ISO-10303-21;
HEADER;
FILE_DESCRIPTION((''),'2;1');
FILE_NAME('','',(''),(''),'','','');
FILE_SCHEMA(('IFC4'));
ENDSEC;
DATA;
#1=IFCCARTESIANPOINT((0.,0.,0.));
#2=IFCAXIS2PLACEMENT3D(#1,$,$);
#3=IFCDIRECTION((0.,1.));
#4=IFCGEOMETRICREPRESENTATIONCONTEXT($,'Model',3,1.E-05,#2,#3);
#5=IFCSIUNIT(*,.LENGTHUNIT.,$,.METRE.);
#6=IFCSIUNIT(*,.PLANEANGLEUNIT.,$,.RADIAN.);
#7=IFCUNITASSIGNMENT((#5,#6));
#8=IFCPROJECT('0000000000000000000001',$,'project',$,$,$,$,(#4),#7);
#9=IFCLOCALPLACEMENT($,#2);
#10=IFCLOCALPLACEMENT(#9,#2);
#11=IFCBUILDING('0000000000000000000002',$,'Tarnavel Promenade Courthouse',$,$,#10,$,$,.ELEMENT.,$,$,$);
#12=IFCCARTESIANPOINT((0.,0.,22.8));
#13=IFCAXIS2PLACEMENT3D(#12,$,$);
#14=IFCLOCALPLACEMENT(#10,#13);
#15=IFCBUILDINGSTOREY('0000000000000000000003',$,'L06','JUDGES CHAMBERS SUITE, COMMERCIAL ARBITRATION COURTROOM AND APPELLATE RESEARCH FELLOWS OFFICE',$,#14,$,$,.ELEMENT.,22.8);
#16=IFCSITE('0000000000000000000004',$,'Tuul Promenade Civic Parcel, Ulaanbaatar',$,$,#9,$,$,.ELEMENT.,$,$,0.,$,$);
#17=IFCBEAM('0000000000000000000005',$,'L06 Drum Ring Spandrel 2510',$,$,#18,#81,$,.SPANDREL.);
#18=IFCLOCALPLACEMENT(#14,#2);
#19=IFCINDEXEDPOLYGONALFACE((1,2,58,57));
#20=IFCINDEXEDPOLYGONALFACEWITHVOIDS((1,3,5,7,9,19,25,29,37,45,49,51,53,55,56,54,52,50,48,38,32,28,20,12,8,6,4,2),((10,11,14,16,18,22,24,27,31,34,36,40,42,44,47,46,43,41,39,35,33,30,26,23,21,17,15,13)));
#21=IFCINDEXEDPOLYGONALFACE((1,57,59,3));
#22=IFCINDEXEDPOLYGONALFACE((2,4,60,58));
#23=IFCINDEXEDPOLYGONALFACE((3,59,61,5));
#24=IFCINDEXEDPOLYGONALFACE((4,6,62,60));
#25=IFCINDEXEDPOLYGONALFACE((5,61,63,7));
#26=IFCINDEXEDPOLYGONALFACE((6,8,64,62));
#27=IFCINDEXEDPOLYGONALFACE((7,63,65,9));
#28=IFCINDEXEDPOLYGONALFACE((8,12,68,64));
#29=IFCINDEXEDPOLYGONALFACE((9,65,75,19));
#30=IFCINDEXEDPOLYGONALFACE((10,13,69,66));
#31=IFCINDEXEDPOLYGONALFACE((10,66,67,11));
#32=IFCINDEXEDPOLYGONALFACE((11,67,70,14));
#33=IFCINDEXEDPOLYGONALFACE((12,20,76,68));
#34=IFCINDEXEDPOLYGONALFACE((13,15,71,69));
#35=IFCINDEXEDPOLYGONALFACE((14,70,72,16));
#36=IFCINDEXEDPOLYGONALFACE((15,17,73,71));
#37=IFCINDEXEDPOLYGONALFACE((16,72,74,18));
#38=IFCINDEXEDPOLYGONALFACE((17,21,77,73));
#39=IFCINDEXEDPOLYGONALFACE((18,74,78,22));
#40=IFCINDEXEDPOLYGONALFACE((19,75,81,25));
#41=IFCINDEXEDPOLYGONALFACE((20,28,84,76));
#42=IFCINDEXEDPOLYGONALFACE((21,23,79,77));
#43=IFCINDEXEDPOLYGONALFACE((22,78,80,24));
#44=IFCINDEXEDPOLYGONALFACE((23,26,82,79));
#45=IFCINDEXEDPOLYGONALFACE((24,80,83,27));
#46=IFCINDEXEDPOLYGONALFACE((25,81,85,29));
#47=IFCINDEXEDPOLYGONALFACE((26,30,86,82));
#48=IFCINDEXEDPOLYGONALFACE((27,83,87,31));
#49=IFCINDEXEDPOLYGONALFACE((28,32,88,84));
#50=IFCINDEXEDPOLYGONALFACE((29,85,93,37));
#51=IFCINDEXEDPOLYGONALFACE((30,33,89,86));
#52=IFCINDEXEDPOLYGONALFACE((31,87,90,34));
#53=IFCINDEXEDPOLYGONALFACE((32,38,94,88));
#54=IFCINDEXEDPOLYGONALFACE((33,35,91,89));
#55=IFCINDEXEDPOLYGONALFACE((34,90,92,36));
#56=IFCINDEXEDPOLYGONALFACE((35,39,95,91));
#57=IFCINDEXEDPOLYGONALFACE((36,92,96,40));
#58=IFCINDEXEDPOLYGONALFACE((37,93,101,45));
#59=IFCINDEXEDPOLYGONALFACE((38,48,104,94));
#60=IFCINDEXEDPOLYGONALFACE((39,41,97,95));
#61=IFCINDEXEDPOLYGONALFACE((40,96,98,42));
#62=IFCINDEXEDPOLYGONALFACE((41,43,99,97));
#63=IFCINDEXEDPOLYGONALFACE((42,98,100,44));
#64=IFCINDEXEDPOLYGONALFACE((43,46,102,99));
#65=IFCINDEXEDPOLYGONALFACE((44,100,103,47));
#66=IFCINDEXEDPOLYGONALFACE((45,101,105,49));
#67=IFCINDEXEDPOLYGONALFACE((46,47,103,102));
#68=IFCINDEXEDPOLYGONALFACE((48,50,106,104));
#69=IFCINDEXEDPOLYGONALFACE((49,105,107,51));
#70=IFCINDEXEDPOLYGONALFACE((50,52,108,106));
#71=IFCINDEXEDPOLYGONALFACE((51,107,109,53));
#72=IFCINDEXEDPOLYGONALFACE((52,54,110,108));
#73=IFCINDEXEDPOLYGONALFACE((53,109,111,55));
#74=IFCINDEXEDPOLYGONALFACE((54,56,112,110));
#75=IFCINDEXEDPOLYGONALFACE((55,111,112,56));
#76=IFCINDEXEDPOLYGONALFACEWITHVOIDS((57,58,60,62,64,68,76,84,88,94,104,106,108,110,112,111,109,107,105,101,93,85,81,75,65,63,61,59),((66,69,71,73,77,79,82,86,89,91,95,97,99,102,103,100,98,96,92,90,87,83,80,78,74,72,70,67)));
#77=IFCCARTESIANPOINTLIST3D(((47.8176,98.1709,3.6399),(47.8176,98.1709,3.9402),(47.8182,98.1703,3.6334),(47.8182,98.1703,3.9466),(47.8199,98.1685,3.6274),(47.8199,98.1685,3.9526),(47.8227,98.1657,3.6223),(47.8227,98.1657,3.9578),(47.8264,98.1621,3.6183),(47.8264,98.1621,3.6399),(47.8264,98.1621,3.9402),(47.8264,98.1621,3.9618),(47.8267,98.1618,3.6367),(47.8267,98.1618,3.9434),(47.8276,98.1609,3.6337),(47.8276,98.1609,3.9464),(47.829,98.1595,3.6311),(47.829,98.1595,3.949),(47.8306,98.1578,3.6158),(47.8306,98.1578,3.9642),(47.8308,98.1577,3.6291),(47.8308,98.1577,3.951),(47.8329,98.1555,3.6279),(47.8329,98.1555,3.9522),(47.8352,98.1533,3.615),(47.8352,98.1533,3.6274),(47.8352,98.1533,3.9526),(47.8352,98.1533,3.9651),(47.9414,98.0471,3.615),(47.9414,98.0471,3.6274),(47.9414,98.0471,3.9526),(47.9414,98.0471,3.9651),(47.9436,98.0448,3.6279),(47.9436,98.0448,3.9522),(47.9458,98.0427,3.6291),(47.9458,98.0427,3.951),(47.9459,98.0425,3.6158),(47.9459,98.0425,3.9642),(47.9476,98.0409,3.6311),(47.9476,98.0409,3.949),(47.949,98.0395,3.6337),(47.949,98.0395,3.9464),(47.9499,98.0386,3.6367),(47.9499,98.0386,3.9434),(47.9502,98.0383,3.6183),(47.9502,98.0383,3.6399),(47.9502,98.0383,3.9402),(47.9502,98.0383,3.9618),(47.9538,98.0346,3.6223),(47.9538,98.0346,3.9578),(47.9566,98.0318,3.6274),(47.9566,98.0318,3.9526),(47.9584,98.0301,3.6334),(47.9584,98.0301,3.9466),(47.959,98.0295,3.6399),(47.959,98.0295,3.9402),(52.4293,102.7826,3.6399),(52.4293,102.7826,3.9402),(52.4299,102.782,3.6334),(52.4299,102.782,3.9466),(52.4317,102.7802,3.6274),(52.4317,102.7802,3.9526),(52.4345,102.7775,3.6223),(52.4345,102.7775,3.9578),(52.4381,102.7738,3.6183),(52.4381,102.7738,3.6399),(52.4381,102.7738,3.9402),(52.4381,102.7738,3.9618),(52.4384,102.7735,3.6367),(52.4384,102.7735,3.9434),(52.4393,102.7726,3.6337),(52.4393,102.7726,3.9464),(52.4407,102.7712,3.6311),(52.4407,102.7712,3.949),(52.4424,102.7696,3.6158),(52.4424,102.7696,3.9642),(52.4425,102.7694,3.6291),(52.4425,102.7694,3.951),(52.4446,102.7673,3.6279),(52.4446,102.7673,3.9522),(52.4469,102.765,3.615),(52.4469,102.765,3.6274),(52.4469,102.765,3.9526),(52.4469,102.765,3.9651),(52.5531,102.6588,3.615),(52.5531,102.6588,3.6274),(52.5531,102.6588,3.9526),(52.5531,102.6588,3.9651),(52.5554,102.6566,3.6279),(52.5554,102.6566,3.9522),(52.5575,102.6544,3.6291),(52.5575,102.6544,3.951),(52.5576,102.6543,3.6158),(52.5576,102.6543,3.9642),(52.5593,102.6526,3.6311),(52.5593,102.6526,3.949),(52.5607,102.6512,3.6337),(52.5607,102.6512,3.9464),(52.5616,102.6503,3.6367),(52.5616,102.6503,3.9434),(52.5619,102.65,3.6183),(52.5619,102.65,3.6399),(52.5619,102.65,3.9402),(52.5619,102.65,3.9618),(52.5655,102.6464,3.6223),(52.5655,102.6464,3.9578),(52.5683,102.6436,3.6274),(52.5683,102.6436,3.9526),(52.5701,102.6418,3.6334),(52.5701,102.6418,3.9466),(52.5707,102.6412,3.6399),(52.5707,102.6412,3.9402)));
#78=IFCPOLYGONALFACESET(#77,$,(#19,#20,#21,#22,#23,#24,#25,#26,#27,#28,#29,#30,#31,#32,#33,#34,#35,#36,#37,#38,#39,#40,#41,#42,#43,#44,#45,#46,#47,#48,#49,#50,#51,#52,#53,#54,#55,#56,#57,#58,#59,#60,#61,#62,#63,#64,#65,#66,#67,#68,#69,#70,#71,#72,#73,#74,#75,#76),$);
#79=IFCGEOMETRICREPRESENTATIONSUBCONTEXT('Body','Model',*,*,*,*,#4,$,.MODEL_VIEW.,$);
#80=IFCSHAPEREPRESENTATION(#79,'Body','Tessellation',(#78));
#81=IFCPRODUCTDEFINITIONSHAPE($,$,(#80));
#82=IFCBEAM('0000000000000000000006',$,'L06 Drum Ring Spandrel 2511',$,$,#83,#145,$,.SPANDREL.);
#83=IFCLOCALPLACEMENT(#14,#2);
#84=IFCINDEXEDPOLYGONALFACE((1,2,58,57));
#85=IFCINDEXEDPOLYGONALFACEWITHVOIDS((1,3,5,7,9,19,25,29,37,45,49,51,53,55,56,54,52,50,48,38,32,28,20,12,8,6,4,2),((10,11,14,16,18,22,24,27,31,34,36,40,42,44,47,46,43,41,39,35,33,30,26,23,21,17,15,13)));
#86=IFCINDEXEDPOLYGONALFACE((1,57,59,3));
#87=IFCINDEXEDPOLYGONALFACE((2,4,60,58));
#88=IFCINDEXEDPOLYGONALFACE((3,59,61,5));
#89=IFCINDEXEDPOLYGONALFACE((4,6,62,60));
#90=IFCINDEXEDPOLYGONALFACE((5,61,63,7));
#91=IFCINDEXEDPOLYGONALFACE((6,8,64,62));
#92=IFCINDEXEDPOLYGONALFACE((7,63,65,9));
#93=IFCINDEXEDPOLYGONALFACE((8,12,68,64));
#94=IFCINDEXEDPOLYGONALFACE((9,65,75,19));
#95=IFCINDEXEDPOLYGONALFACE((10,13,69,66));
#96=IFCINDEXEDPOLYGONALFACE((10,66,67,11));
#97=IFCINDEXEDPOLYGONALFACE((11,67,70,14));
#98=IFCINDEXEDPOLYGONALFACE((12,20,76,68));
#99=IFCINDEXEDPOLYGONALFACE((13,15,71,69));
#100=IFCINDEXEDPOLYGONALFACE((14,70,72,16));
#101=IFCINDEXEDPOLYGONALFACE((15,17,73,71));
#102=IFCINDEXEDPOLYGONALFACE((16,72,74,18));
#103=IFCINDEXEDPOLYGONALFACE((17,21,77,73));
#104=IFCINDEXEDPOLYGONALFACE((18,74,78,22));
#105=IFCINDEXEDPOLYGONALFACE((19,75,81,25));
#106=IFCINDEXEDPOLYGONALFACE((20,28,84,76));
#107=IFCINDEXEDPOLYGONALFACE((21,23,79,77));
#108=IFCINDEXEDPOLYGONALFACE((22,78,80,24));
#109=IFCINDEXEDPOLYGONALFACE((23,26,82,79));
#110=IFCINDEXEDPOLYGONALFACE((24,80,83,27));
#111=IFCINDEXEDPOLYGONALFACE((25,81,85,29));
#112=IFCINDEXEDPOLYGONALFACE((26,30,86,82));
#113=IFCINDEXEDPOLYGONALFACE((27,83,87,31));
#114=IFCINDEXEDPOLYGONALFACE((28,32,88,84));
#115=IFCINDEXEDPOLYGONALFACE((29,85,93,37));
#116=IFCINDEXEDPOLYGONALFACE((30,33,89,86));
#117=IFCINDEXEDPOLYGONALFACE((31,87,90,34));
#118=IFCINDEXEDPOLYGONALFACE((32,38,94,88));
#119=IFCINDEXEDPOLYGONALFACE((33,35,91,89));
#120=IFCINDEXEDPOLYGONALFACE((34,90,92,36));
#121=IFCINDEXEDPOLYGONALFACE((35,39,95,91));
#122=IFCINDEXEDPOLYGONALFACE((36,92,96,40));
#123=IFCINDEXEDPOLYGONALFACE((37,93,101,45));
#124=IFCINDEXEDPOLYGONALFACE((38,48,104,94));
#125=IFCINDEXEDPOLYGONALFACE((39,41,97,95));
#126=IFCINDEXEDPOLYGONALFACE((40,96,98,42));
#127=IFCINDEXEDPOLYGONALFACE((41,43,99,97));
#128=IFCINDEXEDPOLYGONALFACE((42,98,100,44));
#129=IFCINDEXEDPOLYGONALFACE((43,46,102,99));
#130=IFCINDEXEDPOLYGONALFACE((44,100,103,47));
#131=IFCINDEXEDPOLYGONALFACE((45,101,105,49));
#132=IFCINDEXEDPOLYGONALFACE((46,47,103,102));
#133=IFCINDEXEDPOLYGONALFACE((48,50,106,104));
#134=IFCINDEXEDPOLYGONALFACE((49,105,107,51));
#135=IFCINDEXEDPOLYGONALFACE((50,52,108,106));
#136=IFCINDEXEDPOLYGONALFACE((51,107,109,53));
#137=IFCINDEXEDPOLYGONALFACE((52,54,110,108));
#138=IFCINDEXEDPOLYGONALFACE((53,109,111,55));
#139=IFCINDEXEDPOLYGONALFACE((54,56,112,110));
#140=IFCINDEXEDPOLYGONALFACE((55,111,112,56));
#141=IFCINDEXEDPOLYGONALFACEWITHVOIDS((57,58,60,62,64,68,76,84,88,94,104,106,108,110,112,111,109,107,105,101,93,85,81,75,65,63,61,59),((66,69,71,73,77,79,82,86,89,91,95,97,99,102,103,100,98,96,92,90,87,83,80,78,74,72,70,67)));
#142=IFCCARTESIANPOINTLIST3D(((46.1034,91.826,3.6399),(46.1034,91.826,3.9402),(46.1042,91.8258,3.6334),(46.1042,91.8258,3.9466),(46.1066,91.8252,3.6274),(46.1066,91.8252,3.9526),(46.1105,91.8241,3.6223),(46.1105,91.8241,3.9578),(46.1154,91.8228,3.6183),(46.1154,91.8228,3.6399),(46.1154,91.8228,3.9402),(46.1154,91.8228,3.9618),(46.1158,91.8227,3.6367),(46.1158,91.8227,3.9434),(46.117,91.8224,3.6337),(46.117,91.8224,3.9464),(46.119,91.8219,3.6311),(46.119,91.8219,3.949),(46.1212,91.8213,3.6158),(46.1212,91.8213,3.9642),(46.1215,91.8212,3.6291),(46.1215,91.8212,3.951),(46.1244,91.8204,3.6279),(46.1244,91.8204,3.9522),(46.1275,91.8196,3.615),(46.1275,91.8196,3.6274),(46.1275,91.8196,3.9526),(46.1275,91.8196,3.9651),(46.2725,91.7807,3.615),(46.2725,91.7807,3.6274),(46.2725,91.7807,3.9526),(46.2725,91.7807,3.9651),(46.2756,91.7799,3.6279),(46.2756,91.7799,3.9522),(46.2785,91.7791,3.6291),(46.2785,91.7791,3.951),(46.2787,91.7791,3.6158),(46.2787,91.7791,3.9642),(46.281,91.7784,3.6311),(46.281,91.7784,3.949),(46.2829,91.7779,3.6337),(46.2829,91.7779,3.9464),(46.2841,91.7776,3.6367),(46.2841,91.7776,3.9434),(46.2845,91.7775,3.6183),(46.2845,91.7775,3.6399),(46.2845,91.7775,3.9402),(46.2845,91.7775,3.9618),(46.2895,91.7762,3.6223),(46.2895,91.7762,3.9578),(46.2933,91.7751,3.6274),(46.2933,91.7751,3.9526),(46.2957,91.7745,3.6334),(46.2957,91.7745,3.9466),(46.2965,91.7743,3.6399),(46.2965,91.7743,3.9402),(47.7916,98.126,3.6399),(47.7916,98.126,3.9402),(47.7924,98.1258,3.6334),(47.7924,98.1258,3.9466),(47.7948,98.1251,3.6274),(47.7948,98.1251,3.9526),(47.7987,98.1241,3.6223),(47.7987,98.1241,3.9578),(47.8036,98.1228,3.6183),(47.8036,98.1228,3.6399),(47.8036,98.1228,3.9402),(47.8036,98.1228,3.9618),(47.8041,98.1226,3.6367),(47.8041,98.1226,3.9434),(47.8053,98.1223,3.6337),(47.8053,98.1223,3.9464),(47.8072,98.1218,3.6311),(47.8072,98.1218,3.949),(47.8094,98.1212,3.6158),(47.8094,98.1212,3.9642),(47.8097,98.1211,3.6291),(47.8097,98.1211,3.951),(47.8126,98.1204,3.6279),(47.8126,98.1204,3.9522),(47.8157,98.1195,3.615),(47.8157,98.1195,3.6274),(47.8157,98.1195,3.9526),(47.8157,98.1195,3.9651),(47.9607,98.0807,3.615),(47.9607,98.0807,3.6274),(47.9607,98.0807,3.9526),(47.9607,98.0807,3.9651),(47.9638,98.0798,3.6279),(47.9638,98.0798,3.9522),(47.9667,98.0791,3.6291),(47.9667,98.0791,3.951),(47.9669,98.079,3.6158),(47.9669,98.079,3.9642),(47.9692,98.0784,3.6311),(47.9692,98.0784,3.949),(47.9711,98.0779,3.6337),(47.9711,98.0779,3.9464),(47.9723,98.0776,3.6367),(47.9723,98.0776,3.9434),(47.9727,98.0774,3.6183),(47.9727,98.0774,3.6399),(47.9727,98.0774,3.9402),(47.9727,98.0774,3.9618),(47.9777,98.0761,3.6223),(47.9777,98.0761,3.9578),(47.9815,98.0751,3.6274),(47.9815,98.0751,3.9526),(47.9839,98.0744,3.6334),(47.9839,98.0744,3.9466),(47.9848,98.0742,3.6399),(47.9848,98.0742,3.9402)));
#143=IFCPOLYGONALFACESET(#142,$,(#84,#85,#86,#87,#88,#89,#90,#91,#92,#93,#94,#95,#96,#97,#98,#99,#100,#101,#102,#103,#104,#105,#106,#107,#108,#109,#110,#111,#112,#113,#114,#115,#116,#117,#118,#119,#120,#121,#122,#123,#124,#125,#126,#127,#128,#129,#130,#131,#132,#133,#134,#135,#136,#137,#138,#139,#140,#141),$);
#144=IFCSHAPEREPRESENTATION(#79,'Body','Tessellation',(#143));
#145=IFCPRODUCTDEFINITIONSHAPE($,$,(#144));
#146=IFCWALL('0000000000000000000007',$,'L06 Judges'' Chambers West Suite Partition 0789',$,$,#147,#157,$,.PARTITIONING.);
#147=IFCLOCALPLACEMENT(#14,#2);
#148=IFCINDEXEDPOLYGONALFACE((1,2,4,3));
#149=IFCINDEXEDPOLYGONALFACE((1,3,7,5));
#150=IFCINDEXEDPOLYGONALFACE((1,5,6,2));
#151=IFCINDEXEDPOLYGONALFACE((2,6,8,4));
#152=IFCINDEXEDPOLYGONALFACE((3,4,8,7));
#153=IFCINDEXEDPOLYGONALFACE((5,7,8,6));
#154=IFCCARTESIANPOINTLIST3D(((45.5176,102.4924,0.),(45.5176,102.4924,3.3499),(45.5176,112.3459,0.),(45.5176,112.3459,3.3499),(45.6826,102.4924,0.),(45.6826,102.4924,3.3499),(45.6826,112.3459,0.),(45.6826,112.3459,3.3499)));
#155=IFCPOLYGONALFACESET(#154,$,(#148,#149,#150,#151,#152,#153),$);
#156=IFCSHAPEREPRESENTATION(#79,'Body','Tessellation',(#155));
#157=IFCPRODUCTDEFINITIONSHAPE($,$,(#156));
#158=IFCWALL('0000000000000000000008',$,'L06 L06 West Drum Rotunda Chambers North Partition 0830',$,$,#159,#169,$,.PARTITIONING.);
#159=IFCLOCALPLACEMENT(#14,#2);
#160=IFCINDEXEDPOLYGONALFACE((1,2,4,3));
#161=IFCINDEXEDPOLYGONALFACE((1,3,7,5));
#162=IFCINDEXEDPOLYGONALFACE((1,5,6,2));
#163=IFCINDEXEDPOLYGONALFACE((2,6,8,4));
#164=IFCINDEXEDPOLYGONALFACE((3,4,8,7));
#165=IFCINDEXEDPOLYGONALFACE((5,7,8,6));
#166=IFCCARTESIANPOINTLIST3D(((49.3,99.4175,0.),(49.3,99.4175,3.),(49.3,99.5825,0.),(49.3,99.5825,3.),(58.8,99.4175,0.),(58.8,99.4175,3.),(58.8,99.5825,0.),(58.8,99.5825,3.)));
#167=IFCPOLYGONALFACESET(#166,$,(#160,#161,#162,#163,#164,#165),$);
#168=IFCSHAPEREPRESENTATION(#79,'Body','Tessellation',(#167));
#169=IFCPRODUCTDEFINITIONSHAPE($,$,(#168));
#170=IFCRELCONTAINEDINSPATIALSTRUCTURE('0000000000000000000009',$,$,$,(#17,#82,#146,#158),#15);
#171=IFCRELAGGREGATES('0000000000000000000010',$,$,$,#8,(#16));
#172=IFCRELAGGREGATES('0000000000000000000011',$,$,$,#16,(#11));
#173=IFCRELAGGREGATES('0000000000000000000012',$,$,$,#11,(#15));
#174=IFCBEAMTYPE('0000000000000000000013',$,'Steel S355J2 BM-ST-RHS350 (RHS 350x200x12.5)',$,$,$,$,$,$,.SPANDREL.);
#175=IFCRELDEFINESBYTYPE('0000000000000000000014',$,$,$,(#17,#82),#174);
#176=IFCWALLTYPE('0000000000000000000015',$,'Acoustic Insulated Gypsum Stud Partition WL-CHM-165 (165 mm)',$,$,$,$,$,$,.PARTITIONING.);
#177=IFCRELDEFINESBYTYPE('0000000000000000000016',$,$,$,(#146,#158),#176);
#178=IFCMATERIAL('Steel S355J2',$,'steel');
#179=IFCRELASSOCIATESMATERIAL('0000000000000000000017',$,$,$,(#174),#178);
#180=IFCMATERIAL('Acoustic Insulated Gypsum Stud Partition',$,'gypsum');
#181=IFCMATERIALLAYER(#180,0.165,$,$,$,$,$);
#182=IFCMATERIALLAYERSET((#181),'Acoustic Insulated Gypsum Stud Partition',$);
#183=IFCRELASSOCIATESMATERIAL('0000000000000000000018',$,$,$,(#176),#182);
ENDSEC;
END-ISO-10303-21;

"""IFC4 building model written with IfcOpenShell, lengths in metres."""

from ifc_helpers import new_model, si_unit, direction, frame, frame_2d, origin, origin_2d, place, context, subcontext, project, spatial, rectangle, hollow_rectangle, extrude, material, layer, layer_set, material_profile, profile_set, type_object, element, save


model = new_model("IFC4")

# Units and contexts
model_context = context("Model", 3, precision=1e-05, world=origin(), true_north=direction((0.0, 1.0)))
body_context = subcontext(model_context, "Body", "Model", "MODEL_VIEW")
ifc_project = project(units=[si_unit("LENGTHUNIT", "METRE"), si_unit("PLANEANGLEUNIT", "RADIAN")], contexts=[model_context])

# Site, building, storey
site_placement = place(None, origin())
site = spatial("IfcSite", under=ifc_project, at=site_placement, Name="Tuul Promenade Civic Parcel, Ulaanbaatar", CompositionType="ELEMENT", RefElevation=0.0)
building_placement = place(site_placement, origin())
building = spatial("IfcBuilding", under=site, at=building_placement, Name="Tarnavel Promenade Courthouse", CompositionType="ELEMENT")
storey_placement = place(building_placement, frame((0.0, 0.0, 22.8)))
storey = spatial("IfcBuildingStorey", under=building, at=storey_placement, Name="L06", Description="JUDGES CHAMBERS SUITE, COMMERCIAL ARBITRATION COURTROOM AND APPELLATE RESEARCH FELLOWS OFFICE", CompositionType="ELEMENT", Elevation=22.8)

# Beams
ifc_material_1 = material(Name="Steel S355J2", Category="steel")
ifc_material_profile_1 = material_profile(ifc_material_1, hollow_rectangle(XDim=0.2, YDim=0.3501, WallThickness=0.0125, InnerFilletRadius=0.0125, OuterFilletRadius=0.0249, at=origin_2d()), Name="RHS 350x200x12.5")
ifc_profile_set_1 = profile_set([ifc_material_profile_1], Name="Steel S355J2")
beam_type_1 = type_object("IfcBeamType", Name="Steel S355J2 BM-ST-RHS350 (RHS 350x200x12.5)", PredefinedType="SPANDREL", material=ifc_profile_set_1)
beam_1_placement = place(storey_placement, frame((52.5, 102.7119, 3.79), z_axis=(-0.707107, -0.707107, 0.0), x_axis=(0.707107, -0.707107, 0.0)))
element("IfcBeam", 1, at=beam_1_placement, inside=storey, type_object=beam_type_1, Name="L06 Drum Ring Spandrel 2510", PredefinedType="SPANDREL", context=body_context, shape_type="SweptSolid", body=[
    extrude(hollow_rectangle(XDim=0.2, YDim=0.3501, WallThickness=0.0125, InnerFilletRadius=0.0125, OuterFilletRadius=0.0249, at=origin_2d()), origin(), (0.0, 0.0, 1.0), 6.522),
])
beam_2_placement = place(storey_placement, frame((47.8882, 98.1001, 3.79), z_axis=(-0.258839, -0.96592, 0.0), x_axis=(0.96592, -0.258839, 0.0)))
element("IfcBeam", 2, at=beam_2_placement, inside=storey, type_object=beam_type_1, Name="L06 Drum Ring Spandrel 2511", PredefinedType="SPANDREL", context=body_context, shape_type="SweptSolid", body=[
    extrude(hollow_rectangle(XDim=0.2, YDim=0.3501, WallThickness=0.0125, InnerFilletRadius=0.0125, OuterFilletRadius=0.0249, at=origin_2d()), origin(), (0.0, 0.0, 1.0), 6.5222),
])

# Walls
ifc_material_2 = material(Name="Acoustic Insulated Gypsum Stud Partition", Category="gypsum")
ifc_layer_1 = layer(ifc_material_2, 0.165)
ifc_layer_set_1 = layer_set([ifc_layer_1], Name="Acoustic Insulated Gypsum Stud Partition")
wall_type_1 = type_object("IfcWallType", Name="Acoustic Insulated Gypsum Stud Partition WL-CHM-165 (165 mm)", PredefinedType="PARTITIONING", material=ifc_layer_set_1)
wall_1_placement = place(storey_placement, frame((45.6001, 112.3459, 0.0), z_axis=(0.0, 0.0, 1.0), x_axis=(0.0, -1.0, 0.0)))
element("IfcWall", 3, at=wall_1_placement, inside=storey, type_object=wall_type_1, Name="L06 Judges' Chambers West Suite Partition 0789", PredefinedType="PARTITIONING", context=body_context, shape_type="SweptSolid", body=[
    extrude(rectangle(XDim=9.8535, YDim=0.165, at=frame_2d((4.9268, 0.0))), origin(), (0.0, 0.0, 1.0), 3.3499),
])
wall_2_placement = place(storey_placement, frame((49.3, 99.5, 0.0), z_axis=(0.0, 0.0, 1.0), x_axis=(1.0, 0.0, 0.0)))
element("IfcWall", 4, at=wall_2_placement, inside=storey, type_object=wall_type_1, Name="L06 L06 West Drum Rotunda Chambers North Partition 0830", PredefinedType="PARTITIONING", context=body_context, shape_type="SweptSolid", body=[
    extrude(rectangle(XDim=9.5, YDim=0.165, at=frame_2d((4.75, 0.0))), origin(), (0.0, 0.0, 1.0), 3.0),
])

save(model, "model.ifc")
